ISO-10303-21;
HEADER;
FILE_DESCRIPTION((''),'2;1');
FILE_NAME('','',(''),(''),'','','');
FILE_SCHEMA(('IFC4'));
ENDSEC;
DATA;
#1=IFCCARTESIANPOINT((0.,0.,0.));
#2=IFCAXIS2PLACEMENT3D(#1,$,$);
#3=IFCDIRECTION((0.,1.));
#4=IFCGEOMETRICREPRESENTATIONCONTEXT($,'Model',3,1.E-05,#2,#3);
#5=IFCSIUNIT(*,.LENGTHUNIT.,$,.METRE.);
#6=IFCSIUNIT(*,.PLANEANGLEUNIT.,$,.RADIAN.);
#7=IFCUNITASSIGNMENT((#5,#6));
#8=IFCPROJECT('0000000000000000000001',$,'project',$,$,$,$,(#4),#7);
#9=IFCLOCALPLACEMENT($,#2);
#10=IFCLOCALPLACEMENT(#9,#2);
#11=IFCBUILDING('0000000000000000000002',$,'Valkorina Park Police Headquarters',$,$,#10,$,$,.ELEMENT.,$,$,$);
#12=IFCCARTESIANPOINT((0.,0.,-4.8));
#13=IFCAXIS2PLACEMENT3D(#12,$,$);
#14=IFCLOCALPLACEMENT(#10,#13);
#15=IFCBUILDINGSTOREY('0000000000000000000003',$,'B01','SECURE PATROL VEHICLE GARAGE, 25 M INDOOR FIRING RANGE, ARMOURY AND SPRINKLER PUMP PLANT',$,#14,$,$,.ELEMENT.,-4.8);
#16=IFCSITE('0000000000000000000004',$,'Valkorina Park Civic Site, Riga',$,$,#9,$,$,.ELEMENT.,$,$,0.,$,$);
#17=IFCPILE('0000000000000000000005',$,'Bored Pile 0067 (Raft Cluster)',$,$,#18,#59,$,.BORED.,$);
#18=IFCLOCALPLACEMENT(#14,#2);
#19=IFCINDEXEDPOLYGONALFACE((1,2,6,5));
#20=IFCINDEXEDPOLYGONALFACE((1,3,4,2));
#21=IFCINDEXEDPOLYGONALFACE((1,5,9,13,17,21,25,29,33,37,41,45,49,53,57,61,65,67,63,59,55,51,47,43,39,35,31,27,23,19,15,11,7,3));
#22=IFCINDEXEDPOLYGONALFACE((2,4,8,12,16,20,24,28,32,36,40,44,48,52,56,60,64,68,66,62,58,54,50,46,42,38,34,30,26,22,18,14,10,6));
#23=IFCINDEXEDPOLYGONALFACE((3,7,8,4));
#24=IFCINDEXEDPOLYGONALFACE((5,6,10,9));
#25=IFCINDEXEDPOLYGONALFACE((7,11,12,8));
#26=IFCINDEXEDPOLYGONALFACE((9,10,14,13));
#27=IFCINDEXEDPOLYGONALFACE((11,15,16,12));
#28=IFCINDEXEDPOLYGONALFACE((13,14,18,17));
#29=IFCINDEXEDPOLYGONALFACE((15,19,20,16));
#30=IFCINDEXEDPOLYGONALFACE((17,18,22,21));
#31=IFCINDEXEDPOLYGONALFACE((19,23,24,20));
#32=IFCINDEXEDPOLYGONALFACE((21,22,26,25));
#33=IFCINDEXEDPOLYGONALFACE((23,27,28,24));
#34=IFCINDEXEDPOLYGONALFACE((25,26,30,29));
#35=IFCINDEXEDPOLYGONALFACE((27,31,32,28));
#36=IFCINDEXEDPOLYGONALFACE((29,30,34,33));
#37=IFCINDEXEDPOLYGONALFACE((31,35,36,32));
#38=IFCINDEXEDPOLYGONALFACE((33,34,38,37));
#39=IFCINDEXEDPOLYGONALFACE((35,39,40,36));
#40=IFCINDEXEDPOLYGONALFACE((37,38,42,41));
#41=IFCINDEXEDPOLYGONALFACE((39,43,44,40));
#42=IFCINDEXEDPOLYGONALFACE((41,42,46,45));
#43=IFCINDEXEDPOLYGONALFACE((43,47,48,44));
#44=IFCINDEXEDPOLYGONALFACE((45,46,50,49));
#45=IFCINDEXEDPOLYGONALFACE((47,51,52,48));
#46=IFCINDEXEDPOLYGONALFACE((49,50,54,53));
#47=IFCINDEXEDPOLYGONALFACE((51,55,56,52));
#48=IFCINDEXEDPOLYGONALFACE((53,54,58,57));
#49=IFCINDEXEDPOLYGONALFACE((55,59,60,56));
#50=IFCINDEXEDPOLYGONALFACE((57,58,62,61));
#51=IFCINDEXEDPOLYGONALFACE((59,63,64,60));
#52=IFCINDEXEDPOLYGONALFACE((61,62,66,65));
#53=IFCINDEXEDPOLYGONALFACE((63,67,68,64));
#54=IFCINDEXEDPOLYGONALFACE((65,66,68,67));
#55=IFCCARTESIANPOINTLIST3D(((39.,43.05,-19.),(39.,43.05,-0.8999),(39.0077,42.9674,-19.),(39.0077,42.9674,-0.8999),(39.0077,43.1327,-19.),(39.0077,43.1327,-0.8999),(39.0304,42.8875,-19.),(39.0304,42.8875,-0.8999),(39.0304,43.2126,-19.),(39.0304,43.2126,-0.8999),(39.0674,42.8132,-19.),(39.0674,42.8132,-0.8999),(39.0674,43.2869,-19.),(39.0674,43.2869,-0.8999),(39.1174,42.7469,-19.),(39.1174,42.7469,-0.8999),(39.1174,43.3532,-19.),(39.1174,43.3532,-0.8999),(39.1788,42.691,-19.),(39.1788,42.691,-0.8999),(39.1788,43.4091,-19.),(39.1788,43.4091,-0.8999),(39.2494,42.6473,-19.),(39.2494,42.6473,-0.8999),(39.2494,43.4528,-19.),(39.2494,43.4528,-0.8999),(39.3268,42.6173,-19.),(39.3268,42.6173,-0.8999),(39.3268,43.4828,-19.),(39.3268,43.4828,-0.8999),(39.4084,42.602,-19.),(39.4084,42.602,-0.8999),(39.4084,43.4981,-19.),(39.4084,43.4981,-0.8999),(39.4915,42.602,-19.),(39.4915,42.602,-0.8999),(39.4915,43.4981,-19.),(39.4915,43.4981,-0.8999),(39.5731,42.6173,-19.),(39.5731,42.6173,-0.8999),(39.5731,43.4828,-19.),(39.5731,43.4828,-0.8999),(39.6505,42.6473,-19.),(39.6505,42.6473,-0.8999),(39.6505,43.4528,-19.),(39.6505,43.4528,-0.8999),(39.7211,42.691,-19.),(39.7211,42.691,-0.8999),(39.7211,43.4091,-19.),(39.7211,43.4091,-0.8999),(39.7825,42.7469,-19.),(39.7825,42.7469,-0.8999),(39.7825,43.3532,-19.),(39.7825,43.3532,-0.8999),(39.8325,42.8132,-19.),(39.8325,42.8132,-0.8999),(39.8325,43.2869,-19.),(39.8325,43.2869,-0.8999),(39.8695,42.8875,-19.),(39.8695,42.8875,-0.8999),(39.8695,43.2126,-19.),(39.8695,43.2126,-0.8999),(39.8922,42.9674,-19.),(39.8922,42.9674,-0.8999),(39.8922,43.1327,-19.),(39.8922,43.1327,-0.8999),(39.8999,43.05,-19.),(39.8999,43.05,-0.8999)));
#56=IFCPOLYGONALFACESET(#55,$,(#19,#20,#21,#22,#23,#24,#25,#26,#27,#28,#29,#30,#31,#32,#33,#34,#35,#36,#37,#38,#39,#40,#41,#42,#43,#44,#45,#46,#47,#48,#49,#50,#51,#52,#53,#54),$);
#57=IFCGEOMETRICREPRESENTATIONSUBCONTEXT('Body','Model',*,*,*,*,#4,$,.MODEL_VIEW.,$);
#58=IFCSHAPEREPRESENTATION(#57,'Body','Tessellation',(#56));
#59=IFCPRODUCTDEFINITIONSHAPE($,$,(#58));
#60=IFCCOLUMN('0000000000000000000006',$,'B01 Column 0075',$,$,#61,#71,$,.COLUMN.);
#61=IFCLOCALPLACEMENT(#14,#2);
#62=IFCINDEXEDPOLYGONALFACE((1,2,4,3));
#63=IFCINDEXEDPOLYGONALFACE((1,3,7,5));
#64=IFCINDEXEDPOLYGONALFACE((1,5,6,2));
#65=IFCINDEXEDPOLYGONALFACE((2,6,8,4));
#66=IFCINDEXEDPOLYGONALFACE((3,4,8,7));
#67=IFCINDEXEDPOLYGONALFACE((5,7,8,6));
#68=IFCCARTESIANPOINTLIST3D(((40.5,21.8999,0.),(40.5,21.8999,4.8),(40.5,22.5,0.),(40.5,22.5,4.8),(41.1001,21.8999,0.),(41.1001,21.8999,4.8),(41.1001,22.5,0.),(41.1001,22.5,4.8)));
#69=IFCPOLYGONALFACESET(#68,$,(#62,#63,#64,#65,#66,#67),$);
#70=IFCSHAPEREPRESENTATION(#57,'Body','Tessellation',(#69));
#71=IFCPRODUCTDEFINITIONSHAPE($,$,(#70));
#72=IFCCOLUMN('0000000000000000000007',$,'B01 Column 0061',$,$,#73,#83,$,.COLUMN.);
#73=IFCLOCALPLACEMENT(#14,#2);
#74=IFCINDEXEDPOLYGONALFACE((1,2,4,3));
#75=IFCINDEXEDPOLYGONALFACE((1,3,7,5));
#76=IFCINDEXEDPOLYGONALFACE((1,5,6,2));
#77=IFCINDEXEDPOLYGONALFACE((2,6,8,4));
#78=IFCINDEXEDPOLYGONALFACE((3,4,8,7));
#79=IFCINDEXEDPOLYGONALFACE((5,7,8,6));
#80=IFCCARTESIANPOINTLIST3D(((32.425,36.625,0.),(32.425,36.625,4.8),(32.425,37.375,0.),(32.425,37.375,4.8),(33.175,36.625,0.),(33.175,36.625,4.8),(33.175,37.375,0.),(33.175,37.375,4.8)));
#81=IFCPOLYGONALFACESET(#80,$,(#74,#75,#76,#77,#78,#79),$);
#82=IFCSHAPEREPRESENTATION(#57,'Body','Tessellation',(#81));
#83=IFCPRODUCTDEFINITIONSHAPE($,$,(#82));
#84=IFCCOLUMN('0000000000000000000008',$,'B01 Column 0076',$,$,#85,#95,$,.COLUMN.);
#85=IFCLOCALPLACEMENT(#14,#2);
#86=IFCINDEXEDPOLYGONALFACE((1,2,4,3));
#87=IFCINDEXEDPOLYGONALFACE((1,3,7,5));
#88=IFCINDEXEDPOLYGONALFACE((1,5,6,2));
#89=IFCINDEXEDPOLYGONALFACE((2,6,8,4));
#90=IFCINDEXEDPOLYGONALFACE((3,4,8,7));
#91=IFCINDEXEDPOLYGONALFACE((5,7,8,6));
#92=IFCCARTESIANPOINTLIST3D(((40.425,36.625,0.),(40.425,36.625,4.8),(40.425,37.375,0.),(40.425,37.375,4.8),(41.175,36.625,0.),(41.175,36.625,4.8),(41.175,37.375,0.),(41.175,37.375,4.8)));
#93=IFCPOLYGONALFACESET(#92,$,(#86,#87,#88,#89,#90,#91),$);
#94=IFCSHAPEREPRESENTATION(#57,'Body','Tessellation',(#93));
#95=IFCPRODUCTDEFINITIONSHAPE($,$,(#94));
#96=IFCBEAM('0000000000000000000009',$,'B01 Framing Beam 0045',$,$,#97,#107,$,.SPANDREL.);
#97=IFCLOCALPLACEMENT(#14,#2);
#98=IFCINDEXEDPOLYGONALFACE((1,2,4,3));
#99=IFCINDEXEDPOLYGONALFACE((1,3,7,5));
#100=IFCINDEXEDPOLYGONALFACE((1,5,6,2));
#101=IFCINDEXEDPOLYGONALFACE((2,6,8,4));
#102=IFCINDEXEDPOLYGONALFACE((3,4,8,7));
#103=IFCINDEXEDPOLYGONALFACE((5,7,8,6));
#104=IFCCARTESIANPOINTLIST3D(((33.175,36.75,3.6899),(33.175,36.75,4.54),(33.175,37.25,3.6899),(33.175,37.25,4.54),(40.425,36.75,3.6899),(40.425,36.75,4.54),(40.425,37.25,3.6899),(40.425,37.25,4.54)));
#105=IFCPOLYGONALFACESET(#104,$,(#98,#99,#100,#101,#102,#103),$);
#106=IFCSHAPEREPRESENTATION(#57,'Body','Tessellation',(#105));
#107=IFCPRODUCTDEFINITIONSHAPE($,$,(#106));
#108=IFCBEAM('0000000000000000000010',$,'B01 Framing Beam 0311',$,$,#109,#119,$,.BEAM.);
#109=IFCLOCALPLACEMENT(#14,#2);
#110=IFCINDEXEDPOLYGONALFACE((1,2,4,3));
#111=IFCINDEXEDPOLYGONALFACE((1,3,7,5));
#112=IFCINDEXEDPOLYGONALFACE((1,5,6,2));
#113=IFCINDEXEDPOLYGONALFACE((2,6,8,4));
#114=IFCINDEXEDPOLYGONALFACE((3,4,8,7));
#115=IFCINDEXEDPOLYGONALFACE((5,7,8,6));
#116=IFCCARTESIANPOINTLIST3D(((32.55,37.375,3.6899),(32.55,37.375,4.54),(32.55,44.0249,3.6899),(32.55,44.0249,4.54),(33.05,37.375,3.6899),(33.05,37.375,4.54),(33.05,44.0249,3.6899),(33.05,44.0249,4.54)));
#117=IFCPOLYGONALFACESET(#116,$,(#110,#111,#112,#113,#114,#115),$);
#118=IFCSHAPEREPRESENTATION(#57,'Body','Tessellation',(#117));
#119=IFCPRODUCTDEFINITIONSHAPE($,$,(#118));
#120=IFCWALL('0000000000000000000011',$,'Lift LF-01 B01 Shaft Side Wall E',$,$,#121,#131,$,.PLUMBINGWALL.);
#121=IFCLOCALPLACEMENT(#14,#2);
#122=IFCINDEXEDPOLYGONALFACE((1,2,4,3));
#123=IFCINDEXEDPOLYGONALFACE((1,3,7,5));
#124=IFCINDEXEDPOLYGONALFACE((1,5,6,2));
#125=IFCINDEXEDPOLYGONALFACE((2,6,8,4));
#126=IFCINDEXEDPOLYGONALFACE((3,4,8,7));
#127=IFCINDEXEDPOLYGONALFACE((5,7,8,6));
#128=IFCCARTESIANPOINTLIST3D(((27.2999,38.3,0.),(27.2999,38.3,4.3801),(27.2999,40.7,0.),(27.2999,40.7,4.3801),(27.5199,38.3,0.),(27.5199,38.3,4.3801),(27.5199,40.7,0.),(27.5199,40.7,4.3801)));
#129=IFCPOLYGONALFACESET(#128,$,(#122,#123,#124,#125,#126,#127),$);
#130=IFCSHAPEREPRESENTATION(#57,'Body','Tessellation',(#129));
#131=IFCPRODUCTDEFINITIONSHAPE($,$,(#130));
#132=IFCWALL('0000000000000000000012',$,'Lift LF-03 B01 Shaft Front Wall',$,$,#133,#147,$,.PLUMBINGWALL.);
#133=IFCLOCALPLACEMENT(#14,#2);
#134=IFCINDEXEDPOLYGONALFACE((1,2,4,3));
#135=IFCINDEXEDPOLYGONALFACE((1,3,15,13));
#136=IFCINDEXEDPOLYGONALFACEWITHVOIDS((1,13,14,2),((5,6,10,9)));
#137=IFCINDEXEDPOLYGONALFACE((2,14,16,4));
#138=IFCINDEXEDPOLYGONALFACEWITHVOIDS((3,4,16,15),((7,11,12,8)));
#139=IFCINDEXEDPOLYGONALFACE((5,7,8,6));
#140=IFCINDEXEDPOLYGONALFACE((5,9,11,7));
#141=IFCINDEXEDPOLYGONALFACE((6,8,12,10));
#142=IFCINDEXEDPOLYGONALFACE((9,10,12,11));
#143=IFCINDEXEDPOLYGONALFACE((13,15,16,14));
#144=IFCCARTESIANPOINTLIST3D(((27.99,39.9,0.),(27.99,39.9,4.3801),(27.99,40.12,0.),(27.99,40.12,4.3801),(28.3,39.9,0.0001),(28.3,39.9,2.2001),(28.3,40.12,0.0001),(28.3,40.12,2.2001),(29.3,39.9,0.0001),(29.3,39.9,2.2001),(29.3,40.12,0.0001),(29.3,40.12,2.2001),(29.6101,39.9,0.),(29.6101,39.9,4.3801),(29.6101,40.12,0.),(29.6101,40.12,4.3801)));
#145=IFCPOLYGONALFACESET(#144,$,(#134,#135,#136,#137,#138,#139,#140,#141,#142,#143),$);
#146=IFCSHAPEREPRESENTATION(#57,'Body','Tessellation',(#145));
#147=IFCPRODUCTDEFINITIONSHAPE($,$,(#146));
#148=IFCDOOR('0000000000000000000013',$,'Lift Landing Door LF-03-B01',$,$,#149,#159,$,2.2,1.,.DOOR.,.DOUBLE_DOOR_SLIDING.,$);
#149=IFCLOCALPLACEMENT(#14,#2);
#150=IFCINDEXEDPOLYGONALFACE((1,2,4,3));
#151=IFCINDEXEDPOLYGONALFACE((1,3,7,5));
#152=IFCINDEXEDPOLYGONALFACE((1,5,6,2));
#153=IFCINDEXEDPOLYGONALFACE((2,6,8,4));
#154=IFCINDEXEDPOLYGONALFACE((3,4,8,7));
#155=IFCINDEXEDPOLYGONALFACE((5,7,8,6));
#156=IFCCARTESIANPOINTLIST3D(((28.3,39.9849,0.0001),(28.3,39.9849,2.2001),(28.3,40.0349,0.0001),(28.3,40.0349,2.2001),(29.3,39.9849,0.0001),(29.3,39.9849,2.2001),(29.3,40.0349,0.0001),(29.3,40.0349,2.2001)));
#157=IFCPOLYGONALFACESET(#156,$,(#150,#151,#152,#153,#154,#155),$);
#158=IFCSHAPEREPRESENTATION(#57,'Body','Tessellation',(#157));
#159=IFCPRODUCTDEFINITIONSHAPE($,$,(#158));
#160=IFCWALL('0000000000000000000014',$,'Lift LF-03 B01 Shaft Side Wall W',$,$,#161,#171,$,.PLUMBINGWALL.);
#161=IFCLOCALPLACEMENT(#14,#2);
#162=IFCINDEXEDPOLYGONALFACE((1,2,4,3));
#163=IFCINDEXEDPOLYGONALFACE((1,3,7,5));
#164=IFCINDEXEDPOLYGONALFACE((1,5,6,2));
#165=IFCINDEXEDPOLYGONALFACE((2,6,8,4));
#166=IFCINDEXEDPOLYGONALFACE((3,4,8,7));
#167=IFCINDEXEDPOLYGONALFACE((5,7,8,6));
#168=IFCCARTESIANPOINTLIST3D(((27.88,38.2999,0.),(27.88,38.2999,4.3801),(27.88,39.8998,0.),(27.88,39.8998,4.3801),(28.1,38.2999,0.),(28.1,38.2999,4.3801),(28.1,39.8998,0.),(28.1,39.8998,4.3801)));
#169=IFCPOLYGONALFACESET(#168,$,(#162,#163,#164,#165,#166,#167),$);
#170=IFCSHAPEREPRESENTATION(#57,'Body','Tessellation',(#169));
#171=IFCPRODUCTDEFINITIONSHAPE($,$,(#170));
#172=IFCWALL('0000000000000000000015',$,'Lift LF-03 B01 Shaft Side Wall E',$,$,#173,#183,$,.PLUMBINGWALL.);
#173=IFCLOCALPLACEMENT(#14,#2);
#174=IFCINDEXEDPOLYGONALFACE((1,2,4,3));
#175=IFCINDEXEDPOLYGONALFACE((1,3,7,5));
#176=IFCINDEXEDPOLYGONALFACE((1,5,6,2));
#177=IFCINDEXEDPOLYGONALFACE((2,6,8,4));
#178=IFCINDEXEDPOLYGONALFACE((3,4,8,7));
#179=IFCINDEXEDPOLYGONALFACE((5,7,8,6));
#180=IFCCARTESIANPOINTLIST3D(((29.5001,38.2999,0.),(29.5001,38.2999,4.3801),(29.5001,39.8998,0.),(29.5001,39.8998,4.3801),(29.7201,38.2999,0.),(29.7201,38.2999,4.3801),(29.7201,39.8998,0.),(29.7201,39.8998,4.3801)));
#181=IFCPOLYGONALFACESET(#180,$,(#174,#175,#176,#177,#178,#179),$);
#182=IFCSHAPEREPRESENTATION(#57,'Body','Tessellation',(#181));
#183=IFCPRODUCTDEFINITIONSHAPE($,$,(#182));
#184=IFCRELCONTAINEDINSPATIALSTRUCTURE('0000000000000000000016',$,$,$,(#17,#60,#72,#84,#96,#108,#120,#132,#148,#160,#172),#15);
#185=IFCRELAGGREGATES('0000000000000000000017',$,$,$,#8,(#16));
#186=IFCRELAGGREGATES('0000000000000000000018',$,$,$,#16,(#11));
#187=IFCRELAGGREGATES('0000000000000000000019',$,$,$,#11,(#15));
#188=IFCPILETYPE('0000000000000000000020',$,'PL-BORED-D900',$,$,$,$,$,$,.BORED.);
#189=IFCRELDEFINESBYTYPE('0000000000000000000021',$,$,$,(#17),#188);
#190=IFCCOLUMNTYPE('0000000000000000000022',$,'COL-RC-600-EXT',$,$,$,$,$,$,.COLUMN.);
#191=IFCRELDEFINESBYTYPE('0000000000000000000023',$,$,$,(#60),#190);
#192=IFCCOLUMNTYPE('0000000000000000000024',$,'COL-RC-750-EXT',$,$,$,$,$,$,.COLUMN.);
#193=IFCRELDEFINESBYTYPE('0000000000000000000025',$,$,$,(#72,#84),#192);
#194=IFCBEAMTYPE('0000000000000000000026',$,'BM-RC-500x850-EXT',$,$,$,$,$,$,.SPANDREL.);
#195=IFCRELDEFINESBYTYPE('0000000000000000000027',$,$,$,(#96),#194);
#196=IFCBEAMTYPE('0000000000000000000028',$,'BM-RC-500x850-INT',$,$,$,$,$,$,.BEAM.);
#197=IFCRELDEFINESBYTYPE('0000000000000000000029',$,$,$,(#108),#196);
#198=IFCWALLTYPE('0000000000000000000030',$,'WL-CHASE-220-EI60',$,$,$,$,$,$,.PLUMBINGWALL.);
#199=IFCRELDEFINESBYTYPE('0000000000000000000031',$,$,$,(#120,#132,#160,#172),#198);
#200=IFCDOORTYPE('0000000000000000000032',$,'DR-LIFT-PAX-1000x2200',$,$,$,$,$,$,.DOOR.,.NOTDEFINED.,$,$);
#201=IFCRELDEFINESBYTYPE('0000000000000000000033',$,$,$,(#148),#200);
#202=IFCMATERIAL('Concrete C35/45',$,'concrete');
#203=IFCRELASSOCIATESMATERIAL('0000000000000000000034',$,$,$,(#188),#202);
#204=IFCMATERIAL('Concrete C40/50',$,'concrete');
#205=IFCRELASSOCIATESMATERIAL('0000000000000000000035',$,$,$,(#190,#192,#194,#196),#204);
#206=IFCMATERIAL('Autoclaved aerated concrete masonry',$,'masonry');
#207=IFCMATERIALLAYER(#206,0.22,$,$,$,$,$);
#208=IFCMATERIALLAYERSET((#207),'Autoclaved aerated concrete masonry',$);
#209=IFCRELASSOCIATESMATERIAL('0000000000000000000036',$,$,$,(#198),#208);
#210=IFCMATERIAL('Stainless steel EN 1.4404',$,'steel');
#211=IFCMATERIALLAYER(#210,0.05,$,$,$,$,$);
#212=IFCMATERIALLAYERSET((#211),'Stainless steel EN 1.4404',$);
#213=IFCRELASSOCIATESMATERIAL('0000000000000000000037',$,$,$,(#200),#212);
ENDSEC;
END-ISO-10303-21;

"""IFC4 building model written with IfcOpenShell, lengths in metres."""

from ifc_helpers import new_model, si_unit, direction, frame, frame_2d, origin, origin_2d, place, context, subcontext, project, spatial, rectangle, circle, extrude, material, layer, layer_set, material_profile, profile_set, type_object, element, fill, save


model = new_model("IFC4")

# Units and contexts
model_context = context("Model", 3, precision=1e-05, world=origin(), true_north=direction((0.0, 1.0)))
body_context = subcontext(model_context, "Body", "Model", "MODEL_VIEW")
ifc_project = project(units=[si_unit("LENGTHUNIT", "METRE"), si_unit("PLANEANGLEUNIT", "RADIAN")], contexts=[model_context])

# Site, building, storey
site_placement = place(None, origin())
site = spatial("IfcSite", under=ifc_project, at=site_placement, Name="Valkorina Park Civic Site, Riga", CompositionType="ELEMENT", RefElevation=0.0)
building_placement = place(site_placement, origin())
building = spatial("IfcBuilding", under=site, at=building_placement, Name="Valkorina Park Police Headquarters", CompositionType="ELEMENT")
storey_placement = place(building_placement, frame((0.0, 0.0, -4.8)))
storey = spatial("IfcBuildingStorey", under=building, at=storey_placement, Name="B01", Description="SECURE PATROL VEHICLE GARAGE, 25 M INDOOR FIRING RANGE, ARMOURY AND SPRINKLER PUMP PLANT", CompositionType="ELEMENT", Elevation=-4.8)

# Shared definitions
ifc_material_1 = material(Name="Concrete C40/50", Category="concrete")

# Pile
ifc_material_2 = material(Name="Concrete C35/45", Category="concrete")
ifc_material_profile_1 = material_profile(ifc_material_2, circle(Radius=0.45, at=origin_2d()), Name="BORED PILE D900")
ifc_profile_set_1 = profile_set([ifc_material_profile_1], Name="Concrete C35/45")
pile_type_1 = type_object("IfcPileType", Name="PL-BORED-D900", PredefinedType="BORED", material=ifc_profile_set_1)
for number, where, z_axis, x_axis, name in (
    (1, (39.45, 43.05, -0.8999), (0.0, 0.0, -1.0), (1.0, 0.0, 0.0), "Bored Pile 0067 (Raft Cluster)"),
):
    element("IfcPile", number, at=place(storey_placement, frame(where, z_axis=z_axis, x_axis=x_axis)), inside=storey, type_object=pile_type_1, Name=name, PredefinedType="BORED", context=body_context, shape_type="SweptSolid", body=[
        extrude(circle(Radius=0.45, at=origin_2d()), origin(), (0.0, 0.0, 1.0), 18.1001),
    ])

# Columns
ifc_material_profile_2 = material_profile(ifc_material_1, rectangle(XDim=0.6001, YDim=0.6001, at=origin_2d()), Name="RC COL 600x600")
ifc_profile_set_2 = profile_set([ifc_material_profile_2], Name="Concrete C40/50")
column_type_1 = type_object("IfcColumnType", Name="COL-RC-600-EXT", PredefinedType="COLUMN", material=ifc_profile_set_2)
column_placement = place(storey_placement, frame((40.8, 22.2, 0.0), z_axis=(0.0, 0.0, 1.0), x_axis=(1.0, 0.0, 0.0)))
element("IfcColumn", 2, at=column_placement, inside=storey, type_object=column_type_1, Name="B01 Column 0075", PredefinedType="COLUMN", context=body_context, shape_type="SweptSolid", body=[
    extrude(rectangle(XDim=0.6001, YDim=0.6001, at=origin_2d()), origin(), (0.0, 0.0, 1.0), 4.8),
])
ifc_material_profile_3 = material_profile(ifc_material_1, rectangle(XDim=0.75, YDim=0.75, at=origin_2d()), Name="RC COL 750x750")
ifc_profile_set_3 = profile_set([ifc_material_profile_3], Name="Concrete C40/50")
column_type_2 = type_object("IfcColumnType", Name="COL-RC-750-EXT", PredefinedType="COLUMN", material=ifc_profile_set_3)
for number, where, z_axis, x_axis, name in (
    (3, (32.8, 37.0, 0.0), (0.0, 0.0, 1.0), (1.0, 0.0, 0.0), "B01 Column 0061"),
    (4, (40.8, 37.0, 0.0), (0.0, 0.0, 1.0), (1.0, 0.0, 0.0), "B01 Column 0076"),
):
    element("IfcColumn", number, at=place(storey_placement, frame(where, z_axis=z_axis, x_axis=x_axis)), inside=storey, type_object=column_type_2, Name=name, PredefinedType="COLUMN", context=body_context, shape_type="SweptSolid", body=[
        extrude(rectangle(XDim=0.75, YDim=0.75, at=origin_2d()), origin(), (0.0, 0.0, 1.0), 4.8),
    ])

# Beams
ifc_material_profile_4 = material_profile(ifc_material_1, rectangle(XDim=0.5, YDim=0.8501, at=origin_2d()), Name="RC BEAM 500x850")
ifc_profile_set_4 = profile_set([ifc_material_profile_4], Name="Concrete C40/50")
beam_type_1 = type_object("IfcBeamType", Name="BM-RC-500x850-EXT", PredefinedType="SPANDREL", material=ifc_profile_set_4)
beam_1_placement = place(storey_placement, frame((33.175, 37.0, 4.115), z_axis=(1.0, 0.0, 0.0), x_axis=(0.0, 1.0, 0.0)))
element("IfcBeam", 5, at=beam_1_placement, inside=storey, type_object=beam_type_1, Name="B01 Framing Beam 0045", PredefinedType="SPANDREL", context=body_context, shape_type="SweptSolid", body=[
    extrude(rectangle(XDim=0.5, YDim=0.8501, at=origin_2d()), origin(), (0.0, 0.0, 1.0), 7.25),
])
ifc_material_profile_5 = material_profile(ifc_material_1, rectangle(XDim=0.5, YDim=0.8501, at=origin_2d()), Name="RC BEAM 500x850")
ifc_profile_set_5 = profile_set([ifc_material_profile_5], Name="Concrete C40/50")
beam_type_2 = type_object("IfcBeamType", Name="BM-RC-500x850-INT", PredefinedType="BEAM", material=ifc_profile_set_5)
beam_2_placement = place(storey_placement, frame((32.8, 37.375, 4.115), z_axis=(0.0, 1.0, 0.0), x_axis=(-1.0, 0.0, 0.0)))
element("IfcBeam", 6, at=beam_2_placement, inside=storey, type_object=beam_type_2, Name="B01 Framing Beam 0311", PredefinedType="BEAM", context=body_context, shape_type="SweptSolid", body=[
    extrude(rectangle(XDim=0.5, YDim=0.8501, at=origin_2d()), origin(), (0.0, 0.0, 1.0), 6.6499),
])

# Wall
ifc_material_3 = material(Name="Autoclaved aerated concrete masonry", Category="masonry")
ifc_layer_1 = layer(ifc_material_3, 0.22)
ifc_layer_set_1 = layer_set([ifc_layer_1], Name="Autoclaved aerated concrete masonry")
wall_type_1 = type_object("IfcWallType", Name="WL-CHASE-220-EI60", PredefinedType="PLUMBINGWALL", material=ifc_layer_set_1)
wall_1_placement = place(storey_placement, frame((27.4099, 38.3, 0.0), z_axis=(0.0, 0.0, 1.0), x_axis=(0.0, 1.0, 0.0)))
element("IfcWall", 7, at=wall_1_placement, inside=storey, type_object=wall_type_1, Name="Lift LF-01 B01 Shaft Side Wall E", PredefinedType="PLUMBINGWALL", context=body_context, shape_type="SweptSolid", body=[
    extrude(rectangle(XDim=2.3999, YDim=0.22, at=frame_2d((1.2, 0.0))), origin(), (0.0, 0.0, 1.0), 4.3801),
])

# Wall, opening, door
wall_2_placement = place(storey_placement, frame((27.99, 40.01, 0.0), z_axis=(0.0, 0.0, 1.0), x_axis=(1.0, 0.0, 0.0)))
wall_2 = element("IfcWall", 8, at=wall_2_placement, inside=storey, type_object=wall_type_1, Name="Lift LF-03 B01 Shaft Front Wall", PredefinedType="PLUMBINGWALL", context=body_context, shape_type="SweptSolid", body=[
    extrude(rectangle(XDim=1.6201, YDim=0.22, at=frame_2d((0.8101, 0.0))), origin(), (0.0, 0.0, 1.0), 4.3801),
])
opening_1_placement = place(wall_2_placement, frame((0.3101, 0.0, 0.0)))
opening_1 = element("IfcOpeningElement", 9, at=opening_1_placement, cuts=wall_2, PredefinedType="OPENING", context=body_context, shape_type="SweptSolid", body=[
    extrude(rectangle(XDim=1.0, YDim=2.2, at=frame_2d((0.5, 1.1001))), frame((0.0, 0.1201, 0.0), z_axis=(0.0, -1.0, 0.0), x_axis=(1.0, 0.0, 0.0)), (0.0, 0.0, 1.0), 0.24),
])
ifc_material_4 = material(Name="Stainless steel EN 1.4404", Category="steel")
ifc_layer_2 = layer(ifc_material_4, 0.05)
ifc_layer_set_2 = layer_set([ifc_layer_2], Name="Stainless steel EN 1.4404")
door_type_1 = type_object("IfcDoorType", Name="DR-LIFT-PAX-1000x2200", OperationType="NOTDEFINED", PredefinedType="DOOR", material=ifc_layer_set_2)
door_1_placement = place(opening_1_placement, origin())
door_1 = element("IfcDoor", 10, at=door_1_placement, inside=storey, type_object=door_type_1, Name="Lift Landing Door LF-03-B01", OperationType="DOUBLE_DOOR_SLIDING", OverallHeight=2.2, OverallWidth=1.0, PredefinedType="DOOR", context=body_context, shape_type="SweptSolid", body=[
    extrude(rectangle(XDim=1.0, YDim=2.2, at=frame_2d((0.5, 1.1001))), frame((0.0, 0.0249, 0.0), z_axis=(0.0, -1.0, 0.0), x_axis=(1.0, 0.0, 0.0)), (0.0, 0.0, 1.0), 0.05),
])
fill(opening_1, door_1)

# Walls
for number, where, z_axis, x_axis, name in (
    (11, (27.99, 38.3, 0.0), (0.0, 0.0, 1.0), (0.0, 1.0, 0.0), "Lift LF-03 B01 Shaft Side Wall W"),
    (12, (29.6101, 38.3, 0.0), (0.0, 0.0, 1.0), (0.0, 1.0, 0.0), "Lift LF-03 B01 Shaft Side Wall E"),
):
    element("IfcWall", number, at=place(storey_placement, frame(where, z_axis=z_axis, x_axis=x_axis)), inside=storey, type_object=wall_type_1, Name=name, PredefinedType="PLUMBINGWALL", context=body_context, shape_type="SweptSolid", body=[
        extrude(rectangle(XDim=1.5999, YDim=0.22, at=frame_2d((0.7998, 0.0))), origin(), (0.0, 0.0, 1.0), 4.3801),
    ])

save(model, "model.ifc")
